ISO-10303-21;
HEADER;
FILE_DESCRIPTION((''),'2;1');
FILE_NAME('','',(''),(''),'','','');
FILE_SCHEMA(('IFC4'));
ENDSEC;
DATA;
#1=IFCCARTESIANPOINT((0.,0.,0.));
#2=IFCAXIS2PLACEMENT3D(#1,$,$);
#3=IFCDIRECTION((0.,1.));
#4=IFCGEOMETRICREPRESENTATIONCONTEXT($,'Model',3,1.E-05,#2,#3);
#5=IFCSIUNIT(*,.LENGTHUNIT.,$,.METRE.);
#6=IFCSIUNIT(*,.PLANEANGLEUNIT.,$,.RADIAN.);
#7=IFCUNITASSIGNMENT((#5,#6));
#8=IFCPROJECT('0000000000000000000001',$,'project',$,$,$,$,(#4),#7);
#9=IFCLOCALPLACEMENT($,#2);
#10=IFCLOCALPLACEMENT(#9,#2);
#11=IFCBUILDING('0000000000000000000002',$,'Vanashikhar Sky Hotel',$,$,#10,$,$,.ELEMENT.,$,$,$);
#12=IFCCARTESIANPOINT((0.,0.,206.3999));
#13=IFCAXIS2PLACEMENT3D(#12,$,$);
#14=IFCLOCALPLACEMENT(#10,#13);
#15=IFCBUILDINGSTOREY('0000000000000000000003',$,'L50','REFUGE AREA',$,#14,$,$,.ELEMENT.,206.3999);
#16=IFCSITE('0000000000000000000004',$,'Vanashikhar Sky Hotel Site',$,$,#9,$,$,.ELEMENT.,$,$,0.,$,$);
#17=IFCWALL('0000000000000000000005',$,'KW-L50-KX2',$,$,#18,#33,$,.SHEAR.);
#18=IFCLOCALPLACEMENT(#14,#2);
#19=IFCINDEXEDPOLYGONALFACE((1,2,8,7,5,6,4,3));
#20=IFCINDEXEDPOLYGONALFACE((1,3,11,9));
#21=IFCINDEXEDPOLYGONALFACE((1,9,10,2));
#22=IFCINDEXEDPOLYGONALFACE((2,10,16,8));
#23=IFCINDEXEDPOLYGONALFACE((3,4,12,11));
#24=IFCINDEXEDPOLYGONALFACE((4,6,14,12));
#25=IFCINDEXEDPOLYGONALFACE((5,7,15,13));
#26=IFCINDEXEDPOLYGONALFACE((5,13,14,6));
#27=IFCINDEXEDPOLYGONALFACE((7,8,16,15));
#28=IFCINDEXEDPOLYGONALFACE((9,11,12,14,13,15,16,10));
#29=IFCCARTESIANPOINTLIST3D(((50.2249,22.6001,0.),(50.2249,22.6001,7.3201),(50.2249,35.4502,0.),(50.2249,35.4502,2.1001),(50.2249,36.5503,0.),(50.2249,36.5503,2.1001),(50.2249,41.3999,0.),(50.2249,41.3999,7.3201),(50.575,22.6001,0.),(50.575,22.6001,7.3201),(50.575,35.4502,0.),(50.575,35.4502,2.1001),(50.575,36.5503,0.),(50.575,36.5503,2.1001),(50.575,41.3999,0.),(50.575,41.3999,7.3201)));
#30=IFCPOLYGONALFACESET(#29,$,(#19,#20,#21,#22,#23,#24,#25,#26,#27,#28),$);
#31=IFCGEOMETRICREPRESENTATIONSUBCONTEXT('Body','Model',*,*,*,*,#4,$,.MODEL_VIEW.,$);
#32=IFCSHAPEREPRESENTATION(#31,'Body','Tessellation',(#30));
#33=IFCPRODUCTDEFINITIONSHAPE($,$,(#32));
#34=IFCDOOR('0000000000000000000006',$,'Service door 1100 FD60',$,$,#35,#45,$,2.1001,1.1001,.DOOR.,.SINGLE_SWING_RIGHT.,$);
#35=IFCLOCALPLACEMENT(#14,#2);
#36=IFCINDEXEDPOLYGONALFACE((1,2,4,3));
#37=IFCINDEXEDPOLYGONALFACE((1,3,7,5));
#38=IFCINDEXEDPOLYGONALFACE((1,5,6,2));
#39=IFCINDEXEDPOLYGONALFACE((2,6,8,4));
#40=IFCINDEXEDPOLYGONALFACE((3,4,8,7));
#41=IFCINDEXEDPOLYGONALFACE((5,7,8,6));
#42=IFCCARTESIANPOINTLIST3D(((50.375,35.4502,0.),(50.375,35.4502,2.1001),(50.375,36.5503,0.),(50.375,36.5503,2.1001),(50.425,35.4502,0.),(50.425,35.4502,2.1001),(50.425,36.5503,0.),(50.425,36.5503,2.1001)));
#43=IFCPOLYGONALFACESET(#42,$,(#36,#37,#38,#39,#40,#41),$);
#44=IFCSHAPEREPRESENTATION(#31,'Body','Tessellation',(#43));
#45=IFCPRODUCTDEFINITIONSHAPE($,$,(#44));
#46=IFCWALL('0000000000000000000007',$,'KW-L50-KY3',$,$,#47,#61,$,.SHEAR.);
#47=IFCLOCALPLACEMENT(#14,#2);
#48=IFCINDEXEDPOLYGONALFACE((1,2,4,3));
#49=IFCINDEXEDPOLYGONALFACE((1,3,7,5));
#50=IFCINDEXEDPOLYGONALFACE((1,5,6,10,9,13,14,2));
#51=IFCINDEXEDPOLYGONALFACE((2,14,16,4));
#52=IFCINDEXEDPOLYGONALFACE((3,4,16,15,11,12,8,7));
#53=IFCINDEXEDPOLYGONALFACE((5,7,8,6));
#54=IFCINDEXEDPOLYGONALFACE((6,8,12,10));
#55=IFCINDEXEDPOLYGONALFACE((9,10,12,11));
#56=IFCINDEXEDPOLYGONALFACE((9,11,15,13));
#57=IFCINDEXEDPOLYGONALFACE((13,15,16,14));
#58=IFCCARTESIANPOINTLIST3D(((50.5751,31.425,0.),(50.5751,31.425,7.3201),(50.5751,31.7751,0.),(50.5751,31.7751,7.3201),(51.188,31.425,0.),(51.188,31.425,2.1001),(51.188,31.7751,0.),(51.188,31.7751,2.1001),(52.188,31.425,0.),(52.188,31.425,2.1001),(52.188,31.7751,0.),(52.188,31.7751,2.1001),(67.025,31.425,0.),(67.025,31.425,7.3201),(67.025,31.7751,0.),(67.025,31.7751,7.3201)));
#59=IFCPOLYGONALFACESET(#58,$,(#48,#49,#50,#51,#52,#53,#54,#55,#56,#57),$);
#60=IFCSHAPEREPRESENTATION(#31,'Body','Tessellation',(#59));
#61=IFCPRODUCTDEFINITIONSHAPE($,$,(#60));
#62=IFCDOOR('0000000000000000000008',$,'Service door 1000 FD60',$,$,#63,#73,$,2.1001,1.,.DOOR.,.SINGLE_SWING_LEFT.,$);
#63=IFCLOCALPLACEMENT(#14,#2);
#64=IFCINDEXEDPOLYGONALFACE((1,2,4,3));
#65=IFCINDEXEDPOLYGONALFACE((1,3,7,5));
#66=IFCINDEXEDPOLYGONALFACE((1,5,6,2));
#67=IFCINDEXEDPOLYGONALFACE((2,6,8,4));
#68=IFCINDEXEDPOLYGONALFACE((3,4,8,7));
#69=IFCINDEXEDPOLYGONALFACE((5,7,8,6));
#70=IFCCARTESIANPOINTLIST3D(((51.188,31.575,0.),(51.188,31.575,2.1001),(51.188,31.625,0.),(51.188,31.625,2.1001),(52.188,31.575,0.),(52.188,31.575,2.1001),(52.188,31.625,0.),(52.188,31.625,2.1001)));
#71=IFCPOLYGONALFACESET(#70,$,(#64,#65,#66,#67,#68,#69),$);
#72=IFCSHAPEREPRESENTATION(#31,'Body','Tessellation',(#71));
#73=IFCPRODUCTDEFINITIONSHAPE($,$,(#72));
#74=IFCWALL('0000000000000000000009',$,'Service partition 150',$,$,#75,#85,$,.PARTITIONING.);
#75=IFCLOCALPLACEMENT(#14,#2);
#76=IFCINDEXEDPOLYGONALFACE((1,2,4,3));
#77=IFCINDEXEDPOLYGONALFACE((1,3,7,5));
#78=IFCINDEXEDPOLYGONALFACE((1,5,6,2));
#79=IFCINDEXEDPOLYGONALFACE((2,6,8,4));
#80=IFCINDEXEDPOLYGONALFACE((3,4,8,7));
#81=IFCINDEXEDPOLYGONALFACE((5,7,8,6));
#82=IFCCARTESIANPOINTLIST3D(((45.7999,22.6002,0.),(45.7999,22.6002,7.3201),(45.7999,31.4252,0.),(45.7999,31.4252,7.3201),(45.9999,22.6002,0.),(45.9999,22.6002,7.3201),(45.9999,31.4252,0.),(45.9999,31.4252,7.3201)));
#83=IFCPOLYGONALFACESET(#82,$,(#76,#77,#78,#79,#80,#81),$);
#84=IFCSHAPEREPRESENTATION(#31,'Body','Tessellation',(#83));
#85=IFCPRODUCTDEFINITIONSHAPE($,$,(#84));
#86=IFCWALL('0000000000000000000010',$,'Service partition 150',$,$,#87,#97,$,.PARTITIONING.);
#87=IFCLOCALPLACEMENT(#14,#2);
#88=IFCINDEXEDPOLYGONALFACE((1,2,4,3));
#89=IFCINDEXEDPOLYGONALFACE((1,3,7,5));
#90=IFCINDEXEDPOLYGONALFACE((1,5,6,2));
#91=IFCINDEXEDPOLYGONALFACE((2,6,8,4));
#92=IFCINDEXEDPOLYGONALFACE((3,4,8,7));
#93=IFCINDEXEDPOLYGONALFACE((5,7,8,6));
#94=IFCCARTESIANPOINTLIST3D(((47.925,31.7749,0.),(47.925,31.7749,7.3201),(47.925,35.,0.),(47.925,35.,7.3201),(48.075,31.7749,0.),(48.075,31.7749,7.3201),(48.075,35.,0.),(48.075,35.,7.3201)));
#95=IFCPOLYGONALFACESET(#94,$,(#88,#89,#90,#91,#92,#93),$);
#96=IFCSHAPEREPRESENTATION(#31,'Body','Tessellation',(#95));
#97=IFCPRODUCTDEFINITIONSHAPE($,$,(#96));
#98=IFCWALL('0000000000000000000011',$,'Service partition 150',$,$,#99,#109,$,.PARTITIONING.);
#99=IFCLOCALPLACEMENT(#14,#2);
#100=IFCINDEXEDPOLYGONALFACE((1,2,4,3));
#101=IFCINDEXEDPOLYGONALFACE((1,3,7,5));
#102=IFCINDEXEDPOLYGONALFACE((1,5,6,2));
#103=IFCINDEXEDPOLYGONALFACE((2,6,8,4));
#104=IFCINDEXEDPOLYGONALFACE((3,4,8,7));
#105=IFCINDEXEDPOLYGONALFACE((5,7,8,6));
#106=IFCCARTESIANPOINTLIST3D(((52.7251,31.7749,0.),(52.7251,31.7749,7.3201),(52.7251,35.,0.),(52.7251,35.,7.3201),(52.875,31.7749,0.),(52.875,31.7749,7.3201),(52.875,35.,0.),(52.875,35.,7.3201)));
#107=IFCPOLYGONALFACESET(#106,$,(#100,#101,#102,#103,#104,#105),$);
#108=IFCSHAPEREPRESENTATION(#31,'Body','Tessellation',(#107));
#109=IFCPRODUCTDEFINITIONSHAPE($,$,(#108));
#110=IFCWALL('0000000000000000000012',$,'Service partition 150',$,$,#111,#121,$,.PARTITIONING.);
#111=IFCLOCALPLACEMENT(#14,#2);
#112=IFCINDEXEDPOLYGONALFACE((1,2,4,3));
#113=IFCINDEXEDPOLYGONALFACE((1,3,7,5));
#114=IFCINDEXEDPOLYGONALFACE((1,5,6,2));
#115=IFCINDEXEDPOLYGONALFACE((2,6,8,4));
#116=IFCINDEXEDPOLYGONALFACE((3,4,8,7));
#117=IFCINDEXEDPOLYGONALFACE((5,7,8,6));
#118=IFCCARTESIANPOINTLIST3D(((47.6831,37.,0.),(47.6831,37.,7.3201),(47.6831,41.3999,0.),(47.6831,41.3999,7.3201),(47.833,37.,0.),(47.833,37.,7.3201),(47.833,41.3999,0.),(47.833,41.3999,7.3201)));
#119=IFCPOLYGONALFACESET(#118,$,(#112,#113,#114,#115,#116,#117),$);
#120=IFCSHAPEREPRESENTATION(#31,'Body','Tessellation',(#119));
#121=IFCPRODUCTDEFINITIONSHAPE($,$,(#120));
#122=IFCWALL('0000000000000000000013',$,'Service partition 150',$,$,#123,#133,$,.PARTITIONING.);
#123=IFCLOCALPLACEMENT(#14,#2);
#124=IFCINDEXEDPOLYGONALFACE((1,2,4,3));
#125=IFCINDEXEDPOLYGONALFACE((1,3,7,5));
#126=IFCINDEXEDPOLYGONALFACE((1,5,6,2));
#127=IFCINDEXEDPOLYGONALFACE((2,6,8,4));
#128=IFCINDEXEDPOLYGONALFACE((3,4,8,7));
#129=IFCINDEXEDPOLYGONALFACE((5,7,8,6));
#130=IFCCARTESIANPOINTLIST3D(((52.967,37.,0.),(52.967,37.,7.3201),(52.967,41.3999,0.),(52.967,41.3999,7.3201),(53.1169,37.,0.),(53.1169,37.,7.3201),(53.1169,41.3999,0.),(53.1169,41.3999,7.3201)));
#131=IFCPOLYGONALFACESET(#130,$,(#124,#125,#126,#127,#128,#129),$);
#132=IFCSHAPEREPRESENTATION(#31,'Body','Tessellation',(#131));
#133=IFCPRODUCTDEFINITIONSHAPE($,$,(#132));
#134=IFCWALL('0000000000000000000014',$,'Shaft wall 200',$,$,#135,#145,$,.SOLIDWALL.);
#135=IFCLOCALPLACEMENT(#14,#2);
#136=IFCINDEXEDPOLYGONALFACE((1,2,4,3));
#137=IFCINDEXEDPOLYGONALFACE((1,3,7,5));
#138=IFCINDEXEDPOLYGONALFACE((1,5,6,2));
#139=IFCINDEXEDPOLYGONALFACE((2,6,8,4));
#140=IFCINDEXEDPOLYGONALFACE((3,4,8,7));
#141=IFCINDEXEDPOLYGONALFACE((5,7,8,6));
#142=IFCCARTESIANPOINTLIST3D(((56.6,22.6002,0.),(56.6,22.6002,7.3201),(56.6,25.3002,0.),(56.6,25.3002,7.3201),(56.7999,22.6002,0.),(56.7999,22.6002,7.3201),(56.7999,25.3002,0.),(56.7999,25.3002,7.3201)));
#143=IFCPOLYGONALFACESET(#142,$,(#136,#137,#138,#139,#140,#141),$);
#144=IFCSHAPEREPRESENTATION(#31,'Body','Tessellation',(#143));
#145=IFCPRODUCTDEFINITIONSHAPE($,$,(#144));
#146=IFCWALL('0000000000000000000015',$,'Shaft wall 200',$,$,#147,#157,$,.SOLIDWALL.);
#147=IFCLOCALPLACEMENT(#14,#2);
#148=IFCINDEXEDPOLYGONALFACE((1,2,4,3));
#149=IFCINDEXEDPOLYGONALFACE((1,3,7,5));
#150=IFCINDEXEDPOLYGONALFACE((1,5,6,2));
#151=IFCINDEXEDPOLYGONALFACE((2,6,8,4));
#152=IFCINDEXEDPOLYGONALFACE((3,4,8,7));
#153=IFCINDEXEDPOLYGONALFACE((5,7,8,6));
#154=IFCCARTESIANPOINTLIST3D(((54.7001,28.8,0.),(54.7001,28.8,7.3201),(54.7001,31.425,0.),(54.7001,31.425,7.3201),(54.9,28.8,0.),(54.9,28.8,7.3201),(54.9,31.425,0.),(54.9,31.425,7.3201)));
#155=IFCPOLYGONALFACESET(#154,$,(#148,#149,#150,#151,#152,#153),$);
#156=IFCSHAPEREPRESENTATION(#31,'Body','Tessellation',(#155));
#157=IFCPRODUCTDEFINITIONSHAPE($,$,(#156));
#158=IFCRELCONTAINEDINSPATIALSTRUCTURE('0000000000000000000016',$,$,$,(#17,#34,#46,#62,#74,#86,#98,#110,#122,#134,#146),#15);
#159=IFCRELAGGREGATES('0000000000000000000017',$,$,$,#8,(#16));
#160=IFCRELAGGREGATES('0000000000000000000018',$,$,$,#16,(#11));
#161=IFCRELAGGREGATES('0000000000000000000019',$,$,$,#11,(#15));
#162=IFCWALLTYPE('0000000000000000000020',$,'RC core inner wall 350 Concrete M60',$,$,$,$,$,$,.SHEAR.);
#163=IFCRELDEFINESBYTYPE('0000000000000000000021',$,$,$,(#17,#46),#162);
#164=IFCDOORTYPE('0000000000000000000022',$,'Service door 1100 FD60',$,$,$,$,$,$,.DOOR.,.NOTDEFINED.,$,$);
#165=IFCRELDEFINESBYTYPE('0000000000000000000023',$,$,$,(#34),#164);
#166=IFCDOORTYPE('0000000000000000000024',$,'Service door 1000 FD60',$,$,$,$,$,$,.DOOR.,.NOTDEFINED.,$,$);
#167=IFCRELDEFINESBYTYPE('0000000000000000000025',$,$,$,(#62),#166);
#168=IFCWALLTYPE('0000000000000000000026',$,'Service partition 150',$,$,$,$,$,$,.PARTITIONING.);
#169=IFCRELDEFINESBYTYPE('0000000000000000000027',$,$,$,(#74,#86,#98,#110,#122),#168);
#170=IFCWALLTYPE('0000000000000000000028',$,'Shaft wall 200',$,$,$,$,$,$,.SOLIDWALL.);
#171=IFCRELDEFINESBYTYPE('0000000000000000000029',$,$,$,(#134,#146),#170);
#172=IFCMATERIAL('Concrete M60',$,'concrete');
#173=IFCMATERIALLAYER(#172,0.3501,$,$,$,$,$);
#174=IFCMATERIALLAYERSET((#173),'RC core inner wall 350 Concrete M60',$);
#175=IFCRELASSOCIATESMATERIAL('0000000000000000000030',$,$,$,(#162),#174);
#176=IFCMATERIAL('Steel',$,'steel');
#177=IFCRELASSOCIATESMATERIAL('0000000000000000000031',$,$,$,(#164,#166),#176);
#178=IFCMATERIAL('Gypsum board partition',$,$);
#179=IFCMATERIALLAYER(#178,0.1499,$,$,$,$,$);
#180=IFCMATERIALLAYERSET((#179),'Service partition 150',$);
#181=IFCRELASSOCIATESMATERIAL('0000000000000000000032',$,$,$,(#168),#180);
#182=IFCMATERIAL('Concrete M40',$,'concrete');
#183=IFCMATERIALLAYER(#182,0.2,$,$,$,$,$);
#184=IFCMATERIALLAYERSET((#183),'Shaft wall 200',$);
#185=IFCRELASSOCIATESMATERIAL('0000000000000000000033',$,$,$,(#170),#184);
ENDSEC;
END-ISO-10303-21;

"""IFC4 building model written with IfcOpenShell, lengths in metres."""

from ifc_helpers import new_model, si_unit, direction, frame, frame_2d, origin, place, context, subcontext, project, spatial, rectangle, extrude, source, transform, mapped, material, layer, layer_set, type_object, element, fill, save


model = new_model("IFC4")

# Units and contexts
model_context = context("Model", 3, precision=1e-05, world=origin(), true_north=direction((0.0, 1.0)))
body_context = subcontext(model_context, "Body", "Model", "MODEL_VIEW")
ifc_project = project(units=[si_unit("LENGTHUNIT", "METRE"), si_unit("PLANEANGLEUNIT", "RADIAN")], contexts=[model_context])

# Site, building, storey
site_placement = place(None, origin())
site = spatial("IfcSite", under=ifc_project, at=site_placement, Name="Vanashikhar Sky Hotel Site", CompositionType="ELEMENT", RefElevation=0.0)
building_placement = place(site_placement, origin())
building = spatial("IfcBuilding", under=site, at=building_placement, Name="Vanashikhar Sky Hotel", CompositionType="ELEMENT")
storey_placement = place(building_placement, frame((0.0, 0.0, 206.3999)))
storey = spatial("IfcBuildingStorey", under=building, at=storey_placement, Name="L50", Description="REFUGE AREA", CompositionType="ELEMENT", Elevation=206.3999)

# Walls, openings, doors
ifc_material_1 = material(Name="Concrete M60", Category="concrete")
ifc_layer_1 = layer(ifc_material_1, 0.3501)
ifc_layer_set_1 = layer_set([ifc_layer_1], Name="RC core inner wall 350 Concrete M60")
wall_type_1 = type_object("IfcWallType", Name="RC core inner wall 350 Concrete M60", PredefinedType="SHEAR", material=ifc_layer_set_1)
shared_shape_1 = source(origin(), body_context, "Body", "SweptSolid", [
    extrude(rectangle(XDim=18.7998, YDim=0.3501, at=frame_2d((9.3999, 0.0))), origin(), (0.0, 0.0, 1.0), 7.3201),
])
wall_1_placement = place(storey_placement, frame((50.3999, 22.6001, 0.0), z_axis=(0.0, 0.0, 1.0), x_axis=(0.0, 1.0, 0.0)))
wall_1 = element("IfcWall", 1, at=wall_1_placement, inside=storey, type_object=wall_type_1, Name="KW-L50-KX2", PredefinedType="SHEAR", context=body_context, shape_type="MappedRepresentation", body=[
    mapped(shared_shape_1, transform((0.0, 0.0, 0.0), scale=1.0)),
])
shared_shape_2 = source(origin(), body_context, "Body", "SweptSolid", [
    extrude(rectangle(XDim=1.1001, YDim=2.1001, at=frame_2d((0.55, 1.05))), frame((0.0, 0.1851, 0.0), z_axis=(0.0, -1.0, 0.0), x_axis=(1.0, 0.0, 0.0)), (0.0, 0.0, 1.0), 0.3701),
])
opening_1_placement = place(wall_1_placement, frame((12.8501, 0.0, 0.0)))
opening_1 = element("IfcOpeningElement", 2, at=opening_1_placement, cuts=wall_1, PredefinedType="OPENING", context=body_context, shape_type="MappedRepresentation", body=[
    mapped(shared_shape_2, transform((0.0, 0.0, 0.0), scale=1.0)),
])
ifc_material_2 = material(Name="Steel", Category="steel")
door_type_1 = type_object("IfcDoorType", Name="Service door 1100 FD60", OperationType="NOTDEFINED", PredefinedType="DOOR", material=ifc_material_2)
shared_shape_3 = source(origin(), body_context, "Body", "SweptSolid", [
    extrude(rectangle(XDim=1.1001, YDim=2.1001, at=frame_2d((0.55, 1.05))), frame((0.0, 0.0249, 0.0), z_axis=(0.0, -1.0, 0.0), x_axis=(1.0, 0.0, 0.0)), (0.0, 0.0, 1.0), 0.05),
])
door_1_placement = place(opening_1_placement, origin())
door_1 = element("IfcDoor", 3, at=door_1_placement, inside=storey, type_object=door_type_1, Name="Service door 1100 FD60", OperationType="SINGLE_SWING_RIGHT", OverallHeight=2.1001, OverallWidth=1.1001, PredefinedType="DOOR", context=body_context, shape_type="MappedRepresentation", body=[
    mapped(shared_shape_3, transform((0.0, 0.0, 0.0), scale=1.0)),
])
fill(opening_1, door_1)
shared_shape_4 = source(origin(), body_context, "Body", "SweptSolid", [
    extrude(rectangle(XDim=16.45, YDim=0.3501, at=frame_2d((8.2251, 0.0))), origin(), (0.0, 0.0, 1.0), 7.3201),
])
wall_2_placement = place(storey_placement, frame((50.575, 31.6001, 0.0), z_axis=(0.0, 0.0, 1.0), x_axis=(1.0, 0.0, 0.0)))
wall_2 = element("IfcWall", 4, at=wall_2_placement, inside=storey, type_object=wall_type_1, Name="KW-L50-KY3", PredefinedType="SHEAR", context=body_context, shape_type="MappedRepresentation", body=[
    mapped(shared_shape_4, transform((0.0, 0.0, 0.0), scale=1.0)),
])
shared_shape_5 = source(origin(), body_context, "Body", "SweptSolid", [
    extrude(rectangle(XDim=1.0, YDim=2.1001, at=frame_2d((0.5, 1.05))), frame((0.0, 0.1851, 0.0), z_axis=(0.0, -1.0, 0.0), x_axis=(1.0, 0.0, 0.0)), (0.0, 0.0, 1.0), 0.3701),
])
opening_2_placement = place(wall_2_placement, frame((0.613, 0.0, 0.0)))
opening_2 = element("IfcOpeningElement", 5, at=opening_2_placement, cuts=wall_2, PredefinedType="OPENING", context=body_context, shape_type="MappedRepresentation", body=[
    mapped(shared_shape_5, transform((0.0, 0.0, 0.0), scale=1.0)),
])
door_type_2 = type_object("IfcDoorType", Name="Service door 1000 FD60", OperationType="NOTDEFINED", PredefinedType="DOOR", material=ifc_material_2)
shared_shape_6 = source(origin(), body_context, "Body", "SweptSolid", [
    extrude(rectangle(XDim=1.0, YDim=2.1001, at=frame_2d((0.5, 1.05))), frame((0.0, 0.0249, 0.0), z_axis=(0.0, -1.0, 0.0), x_axis=(1.0, 0.0, 0.0)), (0.0, 0.0, 1.0), 0.05),
])
door_2_placement = place(opening_2_placement, origin())
door_2 = element("IfcDoor", 6, at=door_2_placement, inside=storey, type_object=door_type_2, Name="Service door 1000 FD60", OperationType="SINGLE_SWING_LEFT", OverallHeight=2.1001, OverallWidth=1.0, PredefinedType="DOOR", context=body_context, shape_type="MappedRepresentation", body=[
    mapped(shared_shape_6, transform((0.0, 0.0, 0.0), scale=1.0)),
])
fill(opening_2, door_2)

# Walls
ifc_material_3 = material(Name="Gypsum board partition")
ifc_layer_2 = layer(ifc_material_3, 0.1499)
ifc_layer_set_2 = layer_set([ifc_layer_2], Name="Service partition 150")
wall_type_2 = type_object("IfcWallType", Name="Service partition 150", PredefinedType="PARTITIONING", material=ifc_layer_set_2)
shared_shape_7 = source(origin(), body_context, "Body", "SweptSolid", [
    extrude(rectangle(XDim=8.825, YDim=0.2, at=frame_2d((4.4126, 0.0))), origin(), (0.0, 0.0, 1.0), 7.3201),
])
wall_3_placement = place(storey_placement, frame((45.8999, 22.6001, 0.0), z_axis=(0.0, 0.0, 1.0), x_axis=(0.0, 1.0, 0.0)))
element("IfcWall", 7, at=wall_3_placement, inside=storey, type_object=wall_type_2, Name="Service partition 150", PredefinedType="PARTITIONING", context=body_context, shape_type="MappedRepresentation", body=[
    mapped(shared_shape_7, transform((0.0, 0.0, 0.0), scale=1.0)),
])
shared_shape_8 = source(origin(), body_context, "Body", "SweptSolid", [
    extrude(rectangle(XDim=3.2251, YDim=0.1499, at=frame_2d((1.6125, 0.0))), origin(), (0.0, 0.0, 1.0), 7.3201),
])
for number, where, z_axis, x_axis, name in (
    (8, (48.0, 31.7749, 0.0), (0.0, 0.0, 1.0), (0.0, 1.0, 0.0), "Service partition 150"),
    (9, (52.8, 31.7749, 0.0), (0.0, 0.0, 1.0), (0.0, 1.0, 0.0), "Service partition 150"),
):
    element("IfcWall", number, at=place(storey_placement, frame(where, z_axis=z_axis, x_axis=x_axis)), inside=storey, type_object=wall_type_2, Name=name, PredefinedType="PARTITIONING", context=body_context, shape_type="MappedRepresentation", body=[
        mapped(shared_shape_8, transform((0.0, 0.0, 0.0), scale=1.0)),
    ])
shared_shape_9 = source(origin(), body_context, "Body", "SweptSolid", [
    extrude(rectangle(XDim=4.3999, YDim=0.1499, at=frame_2d((2.2, 0.0))), origin(), (0.0, 0.0, 1.0), 7.3201),
])
for number, where, z_axis, x_axis, name in (
    (10, (47.7581, 37.0, 0.0), (0.0, 0.0, 1.0), (0.0, 1.0, 0.0), "Service partition 150"),
    (11, (53.042, 37.0, 0.0), (0.0, 0.0, 1.0), (0.0, 1.0, 0.0), "Service partition 150"),
):
    element("IfcWall", number, at=place(storey_placement, frame(where, z_axis=z_axis, x_axis=x_axis)), inside=storey, type_object=wall_type_2, Name=name, PredefinedType="PARTITIONING", context=body_context, shape_type="MappedRepresentation", body=[
        mapped(shared_shape_9, transform((0.0, 0.0, 0.0), scale=1.0)),
    ])
ifc_material_4 = material(Name="Concrete M40", Category="concrete")
ifc_layer_3 = layer(ifc_material_4, 0.2)
ifc_layer_set_3 = layer_set([ifc_layer_3], Name="Shaft wall 200")
wall_type_3 = type_object("IfcWallType", Name="Shaft wall 200", PredefinedType="SOLIDWALL", material=ifc_layer_set_3)
shared_shape_10 = source(origin(), body_context, "Body", "SweptSolid", [
    extrude(rectangle(XDim=2.7, YDim=0.2, at=frame_2d((1.3501, 0.0))), origin(), (0.0, 0.0, 1.0), 7.3201),
])
wall_4_placement = place(storey_placement, frame((56.7, 22.6001, 0.0), z_axis=(0.0, 0.0, 1.0), x_axis=(0.0, 1.0, 0.0)))
element("IfcWall", 12, at=wall_4_placement, inside=storey, type_object=wall_type_3, Name="Shaft wall 200", PredefinedType="SOLIDWALL", context=body_context, shape_type="MappedRepresentation", body=[
    mapped(shared_shape_10, transform((0.0, 0.0, 0.0), scale=1.0)),
])
shared_shape_11 = source(origin(), body_context, "Body", "SweptSolid", [
    extrude(rectangle(XDim=2.625, YDim=0.2, at=frame_2d((1.3125, 0.0))), origin(), (0.0, 0.0, 1.0), 7.3201),
])
wall_5_placement = place(storey_placement, frame((54.8, 28.8, 0.0), z_axis=(0.0, 0.0, 1.0), x_axis=(0.0, 1.0, 0.0)))
element("IfcWall", 13, at=wall_5_placement, inside=storey, type_object=wall_type_3, Name="Shaft wall 200", PredefinedType="SOLIDWALL", context=body_context, shape_type="MappedRepresentation", body=[
    mapped(shared_shape_11, transform((0.0, 0.0, 0.0), scale=1.0)),
])

save(model, "model.ifc")
